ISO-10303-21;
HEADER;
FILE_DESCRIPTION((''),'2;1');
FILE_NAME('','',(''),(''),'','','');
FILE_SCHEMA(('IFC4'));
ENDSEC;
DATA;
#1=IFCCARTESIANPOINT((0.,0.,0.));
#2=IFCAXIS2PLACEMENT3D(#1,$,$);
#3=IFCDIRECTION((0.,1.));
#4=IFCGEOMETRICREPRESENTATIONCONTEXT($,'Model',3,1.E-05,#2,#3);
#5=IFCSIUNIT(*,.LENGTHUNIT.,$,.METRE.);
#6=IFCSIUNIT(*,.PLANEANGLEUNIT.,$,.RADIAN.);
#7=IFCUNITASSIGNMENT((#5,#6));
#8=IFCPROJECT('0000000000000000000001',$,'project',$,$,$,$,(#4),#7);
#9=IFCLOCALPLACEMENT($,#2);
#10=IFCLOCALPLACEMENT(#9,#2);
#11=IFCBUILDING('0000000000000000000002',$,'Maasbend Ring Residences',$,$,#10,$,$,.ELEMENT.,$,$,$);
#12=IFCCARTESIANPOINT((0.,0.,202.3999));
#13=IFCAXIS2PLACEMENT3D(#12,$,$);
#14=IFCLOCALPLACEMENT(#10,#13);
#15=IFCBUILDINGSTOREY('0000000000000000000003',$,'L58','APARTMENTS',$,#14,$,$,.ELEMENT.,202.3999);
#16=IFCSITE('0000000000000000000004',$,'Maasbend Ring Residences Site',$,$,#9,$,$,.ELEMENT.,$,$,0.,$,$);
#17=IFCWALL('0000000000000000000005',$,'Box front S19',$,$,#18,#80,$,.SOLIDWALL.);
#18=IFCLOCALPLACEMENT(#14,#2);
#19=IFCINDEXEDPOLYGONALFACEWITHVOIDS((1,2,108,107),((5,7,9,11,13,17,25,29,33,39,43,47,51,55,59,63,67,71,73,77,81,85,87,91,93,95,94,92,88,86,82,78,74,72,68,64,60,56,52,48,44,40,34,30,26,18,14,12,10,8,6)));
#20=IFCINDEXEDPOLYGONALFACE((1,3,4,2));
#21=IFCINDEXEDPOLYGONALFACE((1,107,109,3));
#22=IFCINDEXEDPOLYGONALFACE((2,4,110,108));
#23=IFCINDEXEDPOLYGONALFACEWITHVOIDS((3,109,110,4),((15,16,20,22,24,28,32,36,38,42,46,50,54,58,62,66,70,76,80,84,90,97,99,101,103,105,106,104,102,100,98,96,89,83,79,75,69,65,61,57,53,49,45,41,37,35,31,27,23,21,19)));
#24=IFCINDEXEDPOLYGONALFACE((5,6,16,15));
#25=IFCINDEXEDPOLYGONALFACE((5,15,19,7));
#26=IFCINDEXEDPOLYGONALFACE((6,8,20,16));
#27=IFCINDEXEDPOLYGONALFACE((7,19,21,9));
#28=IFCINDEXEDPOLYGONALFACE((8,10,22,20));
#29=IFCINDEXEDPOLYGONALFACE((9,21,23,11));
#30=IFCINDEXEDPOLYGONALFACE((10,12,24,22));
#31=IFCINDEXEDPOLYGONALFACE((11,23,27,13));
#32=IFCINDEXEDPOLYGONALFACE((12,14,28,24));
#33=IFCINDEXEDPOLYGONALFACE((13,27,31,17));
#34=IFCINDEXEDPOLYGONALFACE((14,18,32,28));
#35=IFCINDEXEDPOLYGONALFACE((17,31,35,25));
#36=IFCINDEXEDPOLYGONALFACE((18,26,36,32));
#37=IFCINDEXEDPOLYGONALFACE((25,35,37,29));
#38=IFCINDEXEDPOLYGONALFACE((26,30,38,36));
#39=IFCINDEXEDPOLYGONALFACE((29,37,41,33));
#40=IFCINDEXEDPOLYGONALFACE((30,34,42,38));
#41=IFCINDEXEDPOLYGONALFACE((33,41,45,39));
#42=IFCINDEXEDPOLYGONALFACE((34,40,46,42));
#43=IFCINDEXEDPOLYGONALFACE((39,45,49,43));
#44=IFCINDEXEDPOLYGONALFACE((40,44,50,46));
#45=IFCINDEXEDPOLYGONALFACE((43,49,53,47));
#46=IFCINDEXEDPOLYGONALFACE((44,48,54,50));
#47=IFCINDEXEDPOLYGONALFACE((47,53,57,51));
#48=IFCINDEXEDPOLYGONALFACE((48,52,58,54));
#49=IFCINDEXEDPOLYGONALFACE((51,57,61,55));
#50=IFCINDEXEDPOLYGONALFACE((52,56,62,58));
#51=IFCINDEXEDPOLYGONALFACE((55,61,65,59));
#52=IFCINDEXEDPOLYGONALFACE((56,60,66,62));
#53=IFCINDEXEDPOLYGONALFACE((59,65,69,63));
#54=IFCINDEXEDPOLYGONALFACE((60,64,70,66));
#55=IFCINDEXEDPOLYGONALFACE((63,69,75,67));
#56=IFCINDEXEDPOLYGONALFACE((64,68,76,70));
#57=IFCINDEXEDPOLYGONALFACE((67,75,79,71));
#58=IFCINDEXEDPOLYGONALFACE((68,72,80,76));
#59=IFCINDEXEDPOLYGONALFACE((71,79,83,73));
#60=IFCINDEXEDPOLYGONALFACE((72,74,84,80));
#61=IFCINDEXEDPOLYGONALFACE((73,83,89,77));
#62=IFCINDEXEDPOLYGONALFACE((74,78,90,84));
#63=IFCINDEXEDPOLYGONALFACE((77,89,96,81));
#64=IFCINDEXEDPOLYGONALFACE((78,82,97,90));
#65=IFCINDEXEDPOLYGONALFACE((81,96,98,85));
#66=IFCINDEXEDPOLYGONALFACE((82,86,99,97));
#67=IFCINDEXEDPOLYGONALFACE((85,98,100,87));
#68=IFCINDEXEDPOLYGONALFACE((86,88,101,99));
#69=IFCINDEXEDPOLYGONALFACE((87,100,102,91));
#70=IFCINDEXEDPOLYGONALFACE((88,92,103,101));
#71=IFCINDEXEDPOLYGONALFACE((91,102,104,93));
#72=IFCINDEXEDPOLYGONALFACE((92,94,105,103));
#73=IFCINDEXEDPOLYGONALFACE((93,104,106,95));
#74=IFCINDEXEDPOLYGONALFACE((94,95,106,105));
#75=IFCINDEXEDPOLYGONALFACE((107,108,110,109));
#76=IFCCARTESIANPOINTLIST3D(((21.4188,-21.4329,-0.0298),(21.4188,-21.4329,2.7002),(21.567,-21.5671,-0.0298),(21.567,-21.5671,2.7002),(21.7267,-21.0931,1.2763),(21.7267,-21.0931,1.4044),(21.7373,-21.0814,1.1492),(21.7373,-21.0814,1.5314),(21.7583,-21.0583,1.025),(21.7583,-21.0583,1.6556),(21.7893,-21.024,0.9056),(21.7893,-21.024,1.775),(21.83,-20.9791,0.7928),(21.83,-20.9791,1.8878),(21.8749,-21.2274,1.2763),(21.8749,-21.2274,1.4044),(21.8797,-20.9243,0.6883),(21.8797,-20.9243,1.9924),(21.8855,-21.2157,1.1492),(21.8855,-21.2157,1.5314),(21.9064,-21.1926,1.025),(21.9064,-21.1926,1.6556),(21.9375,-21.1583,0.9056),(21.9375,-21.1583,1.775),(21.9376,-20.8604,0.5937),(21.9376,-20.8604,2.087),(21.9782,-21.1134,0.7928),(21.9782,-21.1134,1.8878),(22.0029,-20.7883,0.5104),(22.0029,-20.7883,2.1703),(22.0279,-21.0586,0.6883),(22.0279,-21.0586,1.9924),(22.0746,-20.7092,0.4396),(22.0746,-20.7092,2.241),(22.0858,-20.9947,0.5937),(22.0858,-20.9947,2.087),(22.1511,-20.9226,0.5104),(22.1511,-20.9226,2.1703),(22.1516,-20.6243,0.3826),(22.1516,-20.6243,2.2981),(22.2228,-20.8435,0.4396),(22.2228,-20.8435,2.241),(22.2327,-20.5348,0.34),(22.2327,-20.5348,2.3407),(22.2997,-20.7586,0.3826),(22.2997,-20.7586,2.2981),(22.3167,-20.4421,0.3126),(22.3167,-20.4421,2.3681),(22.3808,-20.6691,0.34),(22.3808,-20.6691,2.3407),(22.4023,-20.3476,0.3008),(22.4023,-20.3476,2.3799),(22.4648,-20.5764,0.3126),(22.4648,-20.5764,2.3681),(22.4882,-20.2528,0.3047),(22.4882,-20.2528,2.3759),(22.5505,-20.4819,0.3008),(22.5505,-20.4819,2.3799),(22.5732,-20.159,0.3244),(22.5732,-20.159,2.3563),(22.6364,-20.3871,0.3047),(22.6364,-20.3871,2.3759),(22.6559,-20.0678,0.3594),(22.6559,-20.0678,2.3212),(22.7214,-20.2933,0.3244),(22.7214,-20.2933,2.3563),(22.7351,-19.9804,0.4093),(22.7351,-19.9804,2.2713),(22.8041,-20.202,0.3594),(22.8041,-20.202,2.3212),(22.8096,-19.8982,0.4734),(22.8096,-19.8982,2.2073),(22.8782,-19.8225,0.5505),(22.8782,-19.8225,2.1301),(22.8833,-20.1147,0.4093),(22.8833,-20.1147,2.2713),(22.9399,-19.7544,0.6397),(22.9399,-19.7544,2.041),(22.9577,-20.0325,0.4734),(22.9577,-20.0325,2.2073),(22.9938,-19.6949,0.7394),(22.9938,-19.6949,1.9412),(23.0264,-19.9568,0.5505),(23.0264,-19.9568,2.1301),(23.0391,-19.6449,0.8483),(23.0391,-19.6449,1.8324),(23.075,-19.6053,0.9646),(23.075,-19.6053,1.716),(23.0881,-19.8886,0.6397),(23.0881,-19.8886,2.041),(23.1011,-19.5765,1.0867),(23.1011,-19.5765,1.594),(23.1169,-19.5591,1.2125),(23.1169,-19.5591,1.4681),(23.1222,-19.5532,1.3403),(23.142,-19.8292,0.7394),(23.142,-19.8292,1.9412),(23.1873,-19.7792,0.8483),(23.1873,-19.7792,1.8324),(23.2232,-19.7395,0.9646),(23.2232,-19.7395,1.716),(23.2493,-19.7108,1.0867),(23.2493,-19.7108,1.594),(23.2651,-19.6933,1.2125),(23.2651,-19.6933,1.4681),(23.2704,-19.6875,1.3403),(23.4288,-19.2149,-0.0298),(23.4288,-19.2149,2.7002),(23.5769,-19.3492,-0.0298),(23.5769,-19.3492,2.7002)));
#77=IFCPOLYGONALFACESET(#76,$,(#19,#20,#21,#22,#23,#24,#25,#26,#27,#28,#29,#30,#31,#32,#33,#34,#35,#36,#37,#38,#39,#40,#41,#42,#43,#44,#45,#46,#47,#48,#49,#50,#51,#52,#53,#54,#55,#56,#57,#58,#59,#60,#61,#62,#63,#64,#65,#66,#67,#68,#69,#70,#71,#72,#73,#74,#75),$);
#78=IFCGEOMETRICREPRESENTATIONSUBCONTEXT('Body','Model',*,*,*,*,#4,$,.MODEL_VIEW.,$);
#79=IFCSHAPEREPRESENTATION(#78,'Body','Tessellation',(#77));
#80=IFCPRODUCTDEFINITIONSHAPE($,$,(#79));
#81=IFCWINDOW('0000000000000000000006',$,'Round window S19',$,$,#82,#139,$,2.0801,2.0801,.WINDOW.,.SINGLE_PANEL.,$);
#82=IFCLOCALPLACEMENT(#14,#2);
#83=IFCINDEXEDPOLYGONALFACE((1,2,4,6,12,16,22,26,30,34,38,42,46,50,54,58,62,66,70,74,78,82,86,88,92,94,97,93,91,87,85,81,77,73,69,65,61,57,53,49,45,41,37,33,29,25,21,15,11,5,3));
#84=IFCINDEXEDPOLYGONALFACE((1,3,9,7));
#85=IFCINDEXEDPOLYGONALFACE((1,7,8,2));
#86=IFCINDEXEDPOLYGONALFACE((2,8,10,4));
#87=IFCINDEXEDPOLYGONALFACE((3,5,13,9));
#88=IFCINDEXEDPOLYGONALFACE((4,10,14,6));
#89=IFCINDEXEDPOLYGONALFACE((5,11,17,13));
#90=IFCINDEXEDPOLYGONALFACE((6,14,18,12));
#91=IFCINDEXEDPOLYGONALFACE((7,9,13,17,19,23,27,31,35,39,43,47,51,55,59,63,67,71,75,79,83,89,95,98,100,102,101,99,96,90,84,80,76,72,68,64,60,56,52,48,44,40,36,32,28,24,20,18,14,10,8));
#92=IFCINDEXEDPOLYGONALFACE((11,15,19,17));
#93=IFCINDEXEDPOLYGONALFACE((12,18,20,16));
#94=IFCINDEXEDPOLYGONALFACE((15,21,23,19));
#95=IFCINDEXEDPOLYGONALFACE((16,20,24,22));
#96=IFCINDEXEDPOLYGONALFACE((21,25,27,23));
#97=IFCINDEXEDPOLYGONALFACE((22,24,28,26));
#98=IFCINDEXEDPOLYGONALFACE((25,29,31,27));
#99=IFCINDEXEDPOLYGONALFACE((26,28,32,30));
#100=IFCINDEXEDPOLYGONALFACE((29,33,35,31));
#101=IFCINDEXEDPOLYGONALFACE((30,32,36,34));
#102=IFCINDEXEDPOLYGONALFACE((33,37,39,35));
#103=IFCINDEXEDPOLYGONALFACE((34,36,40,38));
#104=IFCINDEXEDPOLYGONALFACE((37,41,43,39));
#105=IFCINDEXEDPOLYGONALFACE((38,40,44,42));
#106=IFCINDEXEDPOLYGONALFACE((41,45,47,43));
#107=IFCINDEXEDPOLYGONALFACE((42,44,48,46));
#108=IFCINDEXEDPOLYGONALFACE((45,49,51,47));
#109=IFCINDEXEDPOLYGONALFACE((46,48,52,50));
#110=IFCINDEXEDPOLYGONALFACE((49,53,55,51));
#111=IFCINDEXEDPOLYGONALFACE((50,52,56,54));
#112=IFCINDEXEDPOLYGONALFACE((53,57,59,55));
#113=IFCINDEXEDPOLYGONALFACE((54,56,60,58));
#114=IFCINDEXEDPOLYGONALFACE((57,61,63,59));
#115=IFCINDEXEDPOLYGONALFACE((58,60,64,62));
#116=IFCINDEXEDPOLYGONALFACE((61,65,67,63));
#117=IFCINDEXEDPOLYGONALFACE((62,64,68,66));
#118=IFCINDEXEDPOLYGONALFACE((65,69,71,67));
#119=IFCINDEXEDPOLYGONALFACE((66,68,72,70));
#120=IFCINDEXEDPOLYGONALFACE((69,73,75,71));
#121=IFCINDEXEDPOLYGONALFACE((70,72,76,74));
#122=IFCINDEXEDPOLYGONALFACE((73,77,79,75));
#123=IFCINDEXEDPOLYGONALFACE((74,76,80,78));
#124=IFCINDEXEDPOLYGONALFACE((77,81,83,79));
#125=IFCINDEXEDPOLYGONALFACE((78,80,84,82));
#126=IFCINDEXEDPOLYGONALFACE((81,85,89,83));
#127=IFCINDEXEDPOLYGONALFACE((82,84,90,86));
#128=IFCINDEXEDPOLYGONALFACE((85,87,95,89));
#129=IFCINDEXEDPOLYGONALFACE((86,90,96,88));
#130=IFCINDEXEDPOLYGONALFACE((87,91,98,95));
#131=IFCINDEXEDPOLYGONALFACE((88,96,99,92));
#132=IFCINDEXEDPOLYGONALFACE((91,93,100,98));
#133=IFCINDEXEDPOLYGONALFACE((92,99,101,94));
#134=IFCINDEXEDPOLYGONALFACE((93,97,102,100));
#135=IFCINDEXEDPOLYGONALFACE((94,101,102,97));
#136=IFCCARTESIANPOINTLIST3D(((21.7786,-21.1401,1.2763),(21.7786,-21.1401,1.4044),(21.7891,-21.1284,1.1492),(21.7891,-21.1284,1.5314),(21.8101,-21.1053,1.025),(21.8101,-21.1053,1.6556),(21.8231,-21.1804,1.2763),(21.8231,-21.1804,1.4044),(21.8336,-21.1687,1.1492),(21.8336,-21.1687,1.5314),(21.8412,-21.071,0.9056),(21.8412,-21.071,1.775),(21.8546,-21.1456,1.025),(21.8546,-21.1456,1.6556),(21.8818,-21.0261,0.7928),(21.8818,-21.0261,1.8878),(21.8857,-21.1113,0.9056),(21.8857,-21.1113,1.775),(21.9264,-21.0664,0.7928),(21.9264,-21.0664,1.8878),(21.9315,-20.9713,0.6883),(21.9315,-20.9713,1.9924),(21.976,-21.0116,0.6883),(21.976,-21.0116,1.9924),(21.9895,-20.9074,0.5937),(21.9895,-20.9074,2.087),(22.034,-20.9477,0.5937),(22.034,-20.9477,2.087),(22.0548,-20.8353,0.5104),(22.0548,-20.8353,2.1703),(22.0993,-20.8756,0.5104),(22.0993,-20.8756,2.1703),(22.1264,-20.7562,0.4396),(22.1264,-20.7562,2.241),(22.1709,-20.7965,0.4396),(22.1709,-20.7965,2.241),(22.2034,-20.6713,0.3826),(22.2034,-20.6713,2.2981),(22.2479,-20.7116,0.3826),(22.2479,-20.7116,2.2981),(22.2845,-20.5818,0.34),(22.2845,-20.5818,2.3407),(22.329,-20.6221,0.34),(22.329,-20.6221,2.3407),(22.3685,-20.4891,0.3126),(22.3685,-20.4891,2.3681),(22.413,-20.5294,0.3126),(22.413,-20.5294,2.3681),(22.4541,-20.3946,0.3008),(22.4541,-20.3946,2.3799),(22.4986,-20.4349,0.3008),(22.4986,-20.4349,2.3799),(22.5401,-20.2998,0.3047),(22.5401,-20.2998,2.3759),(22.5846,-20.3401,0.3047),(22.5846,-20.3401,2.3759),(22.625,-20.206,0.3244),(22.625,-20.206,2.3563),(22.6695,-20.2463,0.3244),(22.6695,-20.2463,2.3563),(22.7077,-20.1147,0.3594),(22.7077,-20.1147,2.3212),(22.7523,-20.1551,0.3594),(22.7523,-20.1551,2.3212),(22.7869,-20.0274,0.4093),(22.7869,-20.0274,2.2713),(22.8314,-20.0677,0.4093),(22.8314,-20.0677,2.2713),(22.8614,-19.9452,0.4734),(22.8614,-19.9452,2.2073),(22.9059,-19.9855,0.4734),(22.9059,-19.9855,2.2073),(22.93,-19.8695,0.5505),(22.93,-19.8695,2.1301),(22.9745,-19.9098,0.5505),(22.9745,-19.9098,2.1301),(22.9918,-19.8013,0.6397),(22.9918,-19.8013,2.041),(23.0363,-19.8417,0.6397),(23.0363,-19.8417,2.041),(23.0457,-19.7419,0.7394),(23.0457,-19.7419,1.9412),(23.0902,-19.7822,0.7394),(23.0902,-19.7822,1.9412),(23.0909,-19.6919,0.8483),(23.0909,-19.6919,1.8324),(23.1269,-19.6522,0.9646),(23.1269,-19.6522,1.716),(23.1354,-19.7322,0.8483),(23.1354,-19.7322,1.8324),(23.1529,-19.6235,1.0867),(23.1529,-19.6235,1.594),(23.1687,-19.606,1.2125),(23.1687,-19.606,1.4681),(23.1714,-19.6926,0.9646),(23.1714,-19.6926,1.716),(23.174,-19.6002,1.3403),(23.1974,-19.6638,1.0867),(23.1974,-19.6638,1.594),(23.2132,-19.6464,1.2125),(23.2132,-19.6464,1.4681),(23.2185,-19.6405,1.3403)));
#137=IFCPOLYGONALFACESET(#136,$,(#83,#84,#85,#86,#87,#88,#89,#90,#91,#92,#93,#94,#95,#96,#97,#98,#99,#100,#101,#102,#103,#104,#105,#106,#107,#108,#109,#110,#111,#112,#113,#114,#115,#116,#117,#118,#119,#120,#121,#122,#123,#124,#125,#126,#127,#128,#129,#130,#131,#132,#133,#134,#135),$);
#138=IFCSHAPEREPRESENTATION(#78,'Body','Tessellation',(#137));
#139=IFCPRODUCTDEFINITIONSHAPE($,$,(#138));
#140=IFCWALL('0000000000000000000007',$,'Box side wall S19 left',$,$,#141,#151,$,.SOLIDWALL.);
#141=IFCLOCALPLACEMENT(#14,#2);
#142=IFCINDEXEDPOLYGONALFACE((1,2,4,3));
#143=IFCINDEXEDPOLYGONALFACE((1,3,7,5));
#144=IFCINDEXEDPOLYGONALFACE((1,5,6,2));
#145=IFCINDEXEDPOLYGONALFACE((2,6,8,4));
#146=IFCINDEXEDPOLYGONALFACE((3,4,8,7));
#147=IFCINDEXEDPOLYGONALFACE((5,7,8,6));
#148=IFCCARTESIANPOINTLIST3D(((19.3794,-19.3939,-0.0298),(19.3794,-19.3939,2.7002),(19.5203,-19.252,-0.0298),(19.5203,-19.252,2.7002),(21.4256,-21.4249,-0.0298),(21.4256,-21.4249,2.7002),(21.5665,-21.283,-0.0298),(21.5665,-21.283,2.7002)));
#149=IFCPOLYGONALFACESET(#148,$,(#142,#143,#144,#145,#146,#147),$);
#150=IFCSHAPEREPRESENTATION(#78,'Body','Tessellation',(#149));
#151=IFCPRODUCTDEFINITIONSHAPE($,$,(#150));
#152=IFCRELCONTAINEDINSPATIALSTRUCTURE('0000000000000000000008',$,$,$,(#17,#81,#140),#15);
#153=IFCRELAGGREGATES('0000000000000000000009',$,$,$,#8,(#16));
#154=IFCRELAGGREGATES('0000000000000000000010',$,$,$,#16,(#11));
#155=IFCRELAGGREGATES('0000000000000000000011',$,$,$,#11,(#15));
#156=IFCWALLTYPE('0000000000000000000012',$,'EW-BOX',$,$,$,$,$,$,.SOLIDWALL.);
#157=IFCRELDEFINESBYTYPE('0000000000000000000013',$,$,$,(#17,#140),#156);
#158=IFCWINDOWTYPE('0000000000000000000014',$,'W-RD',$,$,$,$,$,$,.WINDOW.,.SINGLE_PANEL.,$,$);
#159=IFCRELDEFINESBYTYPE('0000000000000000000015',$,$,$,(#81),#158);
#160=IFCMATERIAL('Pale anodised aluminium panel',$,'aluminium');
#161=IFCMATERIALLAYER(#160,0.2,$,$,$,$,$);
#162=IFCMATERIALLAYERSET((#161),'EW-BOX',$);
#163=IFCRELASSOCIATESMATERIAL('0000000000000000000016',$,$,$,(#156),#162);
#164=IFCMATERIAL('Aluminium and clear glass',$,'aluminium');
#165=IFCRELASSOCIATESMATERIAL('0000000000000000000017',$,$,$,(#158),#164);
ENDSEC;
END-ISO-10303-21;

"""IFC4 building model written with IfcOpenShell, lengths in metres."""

from ifc_helpers import new_model, si_unit, direction, frame, frame_2d, origin, place, context, subcontext, project, spatial, rectangle, circle, extrude, material, layer, layer_set, type_object, element, fill, save


model = new_model("IFC4")

# Units and contexts
model_context = context("Model", 3, precision=1e-05, world=origin(), true_north=direction((0.0, 1.0)))
body_context = subcontext(model_context, "Body", "Model", "MODEL_VIEW")
ifc_project = project(units=[si_unit("LENGTHUNIT", "METRE"), si_unit("PLANEANGLEUNIT", "RADIAN")], contexts=[model_context])

# Site, building, storey
site_placement = place(None, origin())
site = spatial("IfcSite", under=ifc_project, at=site_placement, Name="Maasbend Ring Residences Site", CompositionType="ELEMENT", RefElevation=0.0)
building_placement = place(site_placement, origin())
building = spatial("IfcBuilding", under=site, at=building_placement, Name="Maasbend Ring Residences", CompositionType="ELEMENT")
storey_placement = place(building_placement, frame((0.0, 0.0, 202.3999)))
storey = spatial("IfcBuildingStorey", under=building, at=storey_placement, Name="L58", Description="APARTMENTS", CompositionType="ELEMENT", Elevation=202.3999)

# Shared definitions
ifc_material_1 = material(Name="Pale anodised aluminium panel", Category="aluminium")
ifc_layer_1 = layer(ifc_material_1, 0.2)
ifc_layer_set_1 = layer_set([ifc_layer_1], Name="EW-BOX")
wall_type_1 = type_object("IfcWallType", Name="EW-BOX", PredefinedType="SOLIDWALL", material=ifc_layer_set_1)
ifc_material_2 = material(Name="Aluminium and clear glass", Category="aluminium")
window_type_1 = type_object("IfcWindowType", Name="W-RD", PartitioningType="SINGLE_PANEL", PredefinedType="WINDOW", material=ifc_material_2)

# Wall, opening, window
wall_1_placement = place(storey_placement, frame((21.4929, -21.5, -0.0298), z_axis=(0.0, 0.0, 1.0), x_axis=(0.671507, 0.740998, 0.0)))
wall_1 = element("IfcWall", 1, at=wall_1_placement, inside=storey, type_object=wall_type_1, Name="Box front S19", PredefinedType="SOLIDWALL", context=body_context, shape_type="SweptSolid", body=[
    extrude(rectangle(XDim=2.9932, YDim=0.2, at=frame_2d((1.4966, 0.0))), origin(), (0.0, 0.0, 1.0), 2.73),
])
opening_1_placement = place(wall_1_placement, frame((0.4565, 0.0, 0.3301)))
opening_1 = element("IfcOpeningElement", 2, at=opening_1_placement, cuts=wall_1, PredefinedType="OPENING", context=body_context, shape_type="SweptSolid", body=[
    extrude(circle(Radius=1.04, at=frame_2d((1.04, 1.04))), frame((0.0, 0.1099, 0.0), z_axis=(0.0, -1.0, 0.0), x_axis=(1.0, 0.0, 0.0)), (0.0, 0.0, 1.0), 0.22),
])
window_1_placement = place(opening_1_placement, origin())
window_1 = element("IfcWindow", 3, at=window_1_placement, inside=storey, type_object=window_type_1, Name="Round window S19", OverallHeight=2.0801, OverallWidth=2.0801, PartitioningType="SINGLE_PANEL", PredefinedType="WINDOW", context=body_context, shape_type="SweptSolid", body=[
    extrude(circle(Radius=1.04, at=frame_2d((1.04, 1.04))), frame((0.0, 0.03, 0.0), z_axis=(0.0, -1.0, 0.0), x_axis=(1.0, 0.0, 0.0)), (0.0, 0.0, 1.0), 0.0601),
])
fill(opening_1, window_1)

# Wall
wall_2_placement = place(storey_placement, frame((19.45, -19.323, -0.0298), z_axis=(0.0, 0.0, 1.0), x_axis=(0.709727, -0.704477, 0.0)))
element("IfcWall", 4, at=wall_2_placement, inside=storey, type_object=wall_type_1, Name="Box side wall S19 left", PredefinedType="SOLIDWALL", context=body_context, shape_type="SweptSolid", body=[
    extrude(rectangle(XDim=2.8831, YDim=0.2, at=frame_2d((1.4414, 0.0))), origin(), (0.0, 0.0, 1.0), 2.73),
])

save(model, "model.ifc")
